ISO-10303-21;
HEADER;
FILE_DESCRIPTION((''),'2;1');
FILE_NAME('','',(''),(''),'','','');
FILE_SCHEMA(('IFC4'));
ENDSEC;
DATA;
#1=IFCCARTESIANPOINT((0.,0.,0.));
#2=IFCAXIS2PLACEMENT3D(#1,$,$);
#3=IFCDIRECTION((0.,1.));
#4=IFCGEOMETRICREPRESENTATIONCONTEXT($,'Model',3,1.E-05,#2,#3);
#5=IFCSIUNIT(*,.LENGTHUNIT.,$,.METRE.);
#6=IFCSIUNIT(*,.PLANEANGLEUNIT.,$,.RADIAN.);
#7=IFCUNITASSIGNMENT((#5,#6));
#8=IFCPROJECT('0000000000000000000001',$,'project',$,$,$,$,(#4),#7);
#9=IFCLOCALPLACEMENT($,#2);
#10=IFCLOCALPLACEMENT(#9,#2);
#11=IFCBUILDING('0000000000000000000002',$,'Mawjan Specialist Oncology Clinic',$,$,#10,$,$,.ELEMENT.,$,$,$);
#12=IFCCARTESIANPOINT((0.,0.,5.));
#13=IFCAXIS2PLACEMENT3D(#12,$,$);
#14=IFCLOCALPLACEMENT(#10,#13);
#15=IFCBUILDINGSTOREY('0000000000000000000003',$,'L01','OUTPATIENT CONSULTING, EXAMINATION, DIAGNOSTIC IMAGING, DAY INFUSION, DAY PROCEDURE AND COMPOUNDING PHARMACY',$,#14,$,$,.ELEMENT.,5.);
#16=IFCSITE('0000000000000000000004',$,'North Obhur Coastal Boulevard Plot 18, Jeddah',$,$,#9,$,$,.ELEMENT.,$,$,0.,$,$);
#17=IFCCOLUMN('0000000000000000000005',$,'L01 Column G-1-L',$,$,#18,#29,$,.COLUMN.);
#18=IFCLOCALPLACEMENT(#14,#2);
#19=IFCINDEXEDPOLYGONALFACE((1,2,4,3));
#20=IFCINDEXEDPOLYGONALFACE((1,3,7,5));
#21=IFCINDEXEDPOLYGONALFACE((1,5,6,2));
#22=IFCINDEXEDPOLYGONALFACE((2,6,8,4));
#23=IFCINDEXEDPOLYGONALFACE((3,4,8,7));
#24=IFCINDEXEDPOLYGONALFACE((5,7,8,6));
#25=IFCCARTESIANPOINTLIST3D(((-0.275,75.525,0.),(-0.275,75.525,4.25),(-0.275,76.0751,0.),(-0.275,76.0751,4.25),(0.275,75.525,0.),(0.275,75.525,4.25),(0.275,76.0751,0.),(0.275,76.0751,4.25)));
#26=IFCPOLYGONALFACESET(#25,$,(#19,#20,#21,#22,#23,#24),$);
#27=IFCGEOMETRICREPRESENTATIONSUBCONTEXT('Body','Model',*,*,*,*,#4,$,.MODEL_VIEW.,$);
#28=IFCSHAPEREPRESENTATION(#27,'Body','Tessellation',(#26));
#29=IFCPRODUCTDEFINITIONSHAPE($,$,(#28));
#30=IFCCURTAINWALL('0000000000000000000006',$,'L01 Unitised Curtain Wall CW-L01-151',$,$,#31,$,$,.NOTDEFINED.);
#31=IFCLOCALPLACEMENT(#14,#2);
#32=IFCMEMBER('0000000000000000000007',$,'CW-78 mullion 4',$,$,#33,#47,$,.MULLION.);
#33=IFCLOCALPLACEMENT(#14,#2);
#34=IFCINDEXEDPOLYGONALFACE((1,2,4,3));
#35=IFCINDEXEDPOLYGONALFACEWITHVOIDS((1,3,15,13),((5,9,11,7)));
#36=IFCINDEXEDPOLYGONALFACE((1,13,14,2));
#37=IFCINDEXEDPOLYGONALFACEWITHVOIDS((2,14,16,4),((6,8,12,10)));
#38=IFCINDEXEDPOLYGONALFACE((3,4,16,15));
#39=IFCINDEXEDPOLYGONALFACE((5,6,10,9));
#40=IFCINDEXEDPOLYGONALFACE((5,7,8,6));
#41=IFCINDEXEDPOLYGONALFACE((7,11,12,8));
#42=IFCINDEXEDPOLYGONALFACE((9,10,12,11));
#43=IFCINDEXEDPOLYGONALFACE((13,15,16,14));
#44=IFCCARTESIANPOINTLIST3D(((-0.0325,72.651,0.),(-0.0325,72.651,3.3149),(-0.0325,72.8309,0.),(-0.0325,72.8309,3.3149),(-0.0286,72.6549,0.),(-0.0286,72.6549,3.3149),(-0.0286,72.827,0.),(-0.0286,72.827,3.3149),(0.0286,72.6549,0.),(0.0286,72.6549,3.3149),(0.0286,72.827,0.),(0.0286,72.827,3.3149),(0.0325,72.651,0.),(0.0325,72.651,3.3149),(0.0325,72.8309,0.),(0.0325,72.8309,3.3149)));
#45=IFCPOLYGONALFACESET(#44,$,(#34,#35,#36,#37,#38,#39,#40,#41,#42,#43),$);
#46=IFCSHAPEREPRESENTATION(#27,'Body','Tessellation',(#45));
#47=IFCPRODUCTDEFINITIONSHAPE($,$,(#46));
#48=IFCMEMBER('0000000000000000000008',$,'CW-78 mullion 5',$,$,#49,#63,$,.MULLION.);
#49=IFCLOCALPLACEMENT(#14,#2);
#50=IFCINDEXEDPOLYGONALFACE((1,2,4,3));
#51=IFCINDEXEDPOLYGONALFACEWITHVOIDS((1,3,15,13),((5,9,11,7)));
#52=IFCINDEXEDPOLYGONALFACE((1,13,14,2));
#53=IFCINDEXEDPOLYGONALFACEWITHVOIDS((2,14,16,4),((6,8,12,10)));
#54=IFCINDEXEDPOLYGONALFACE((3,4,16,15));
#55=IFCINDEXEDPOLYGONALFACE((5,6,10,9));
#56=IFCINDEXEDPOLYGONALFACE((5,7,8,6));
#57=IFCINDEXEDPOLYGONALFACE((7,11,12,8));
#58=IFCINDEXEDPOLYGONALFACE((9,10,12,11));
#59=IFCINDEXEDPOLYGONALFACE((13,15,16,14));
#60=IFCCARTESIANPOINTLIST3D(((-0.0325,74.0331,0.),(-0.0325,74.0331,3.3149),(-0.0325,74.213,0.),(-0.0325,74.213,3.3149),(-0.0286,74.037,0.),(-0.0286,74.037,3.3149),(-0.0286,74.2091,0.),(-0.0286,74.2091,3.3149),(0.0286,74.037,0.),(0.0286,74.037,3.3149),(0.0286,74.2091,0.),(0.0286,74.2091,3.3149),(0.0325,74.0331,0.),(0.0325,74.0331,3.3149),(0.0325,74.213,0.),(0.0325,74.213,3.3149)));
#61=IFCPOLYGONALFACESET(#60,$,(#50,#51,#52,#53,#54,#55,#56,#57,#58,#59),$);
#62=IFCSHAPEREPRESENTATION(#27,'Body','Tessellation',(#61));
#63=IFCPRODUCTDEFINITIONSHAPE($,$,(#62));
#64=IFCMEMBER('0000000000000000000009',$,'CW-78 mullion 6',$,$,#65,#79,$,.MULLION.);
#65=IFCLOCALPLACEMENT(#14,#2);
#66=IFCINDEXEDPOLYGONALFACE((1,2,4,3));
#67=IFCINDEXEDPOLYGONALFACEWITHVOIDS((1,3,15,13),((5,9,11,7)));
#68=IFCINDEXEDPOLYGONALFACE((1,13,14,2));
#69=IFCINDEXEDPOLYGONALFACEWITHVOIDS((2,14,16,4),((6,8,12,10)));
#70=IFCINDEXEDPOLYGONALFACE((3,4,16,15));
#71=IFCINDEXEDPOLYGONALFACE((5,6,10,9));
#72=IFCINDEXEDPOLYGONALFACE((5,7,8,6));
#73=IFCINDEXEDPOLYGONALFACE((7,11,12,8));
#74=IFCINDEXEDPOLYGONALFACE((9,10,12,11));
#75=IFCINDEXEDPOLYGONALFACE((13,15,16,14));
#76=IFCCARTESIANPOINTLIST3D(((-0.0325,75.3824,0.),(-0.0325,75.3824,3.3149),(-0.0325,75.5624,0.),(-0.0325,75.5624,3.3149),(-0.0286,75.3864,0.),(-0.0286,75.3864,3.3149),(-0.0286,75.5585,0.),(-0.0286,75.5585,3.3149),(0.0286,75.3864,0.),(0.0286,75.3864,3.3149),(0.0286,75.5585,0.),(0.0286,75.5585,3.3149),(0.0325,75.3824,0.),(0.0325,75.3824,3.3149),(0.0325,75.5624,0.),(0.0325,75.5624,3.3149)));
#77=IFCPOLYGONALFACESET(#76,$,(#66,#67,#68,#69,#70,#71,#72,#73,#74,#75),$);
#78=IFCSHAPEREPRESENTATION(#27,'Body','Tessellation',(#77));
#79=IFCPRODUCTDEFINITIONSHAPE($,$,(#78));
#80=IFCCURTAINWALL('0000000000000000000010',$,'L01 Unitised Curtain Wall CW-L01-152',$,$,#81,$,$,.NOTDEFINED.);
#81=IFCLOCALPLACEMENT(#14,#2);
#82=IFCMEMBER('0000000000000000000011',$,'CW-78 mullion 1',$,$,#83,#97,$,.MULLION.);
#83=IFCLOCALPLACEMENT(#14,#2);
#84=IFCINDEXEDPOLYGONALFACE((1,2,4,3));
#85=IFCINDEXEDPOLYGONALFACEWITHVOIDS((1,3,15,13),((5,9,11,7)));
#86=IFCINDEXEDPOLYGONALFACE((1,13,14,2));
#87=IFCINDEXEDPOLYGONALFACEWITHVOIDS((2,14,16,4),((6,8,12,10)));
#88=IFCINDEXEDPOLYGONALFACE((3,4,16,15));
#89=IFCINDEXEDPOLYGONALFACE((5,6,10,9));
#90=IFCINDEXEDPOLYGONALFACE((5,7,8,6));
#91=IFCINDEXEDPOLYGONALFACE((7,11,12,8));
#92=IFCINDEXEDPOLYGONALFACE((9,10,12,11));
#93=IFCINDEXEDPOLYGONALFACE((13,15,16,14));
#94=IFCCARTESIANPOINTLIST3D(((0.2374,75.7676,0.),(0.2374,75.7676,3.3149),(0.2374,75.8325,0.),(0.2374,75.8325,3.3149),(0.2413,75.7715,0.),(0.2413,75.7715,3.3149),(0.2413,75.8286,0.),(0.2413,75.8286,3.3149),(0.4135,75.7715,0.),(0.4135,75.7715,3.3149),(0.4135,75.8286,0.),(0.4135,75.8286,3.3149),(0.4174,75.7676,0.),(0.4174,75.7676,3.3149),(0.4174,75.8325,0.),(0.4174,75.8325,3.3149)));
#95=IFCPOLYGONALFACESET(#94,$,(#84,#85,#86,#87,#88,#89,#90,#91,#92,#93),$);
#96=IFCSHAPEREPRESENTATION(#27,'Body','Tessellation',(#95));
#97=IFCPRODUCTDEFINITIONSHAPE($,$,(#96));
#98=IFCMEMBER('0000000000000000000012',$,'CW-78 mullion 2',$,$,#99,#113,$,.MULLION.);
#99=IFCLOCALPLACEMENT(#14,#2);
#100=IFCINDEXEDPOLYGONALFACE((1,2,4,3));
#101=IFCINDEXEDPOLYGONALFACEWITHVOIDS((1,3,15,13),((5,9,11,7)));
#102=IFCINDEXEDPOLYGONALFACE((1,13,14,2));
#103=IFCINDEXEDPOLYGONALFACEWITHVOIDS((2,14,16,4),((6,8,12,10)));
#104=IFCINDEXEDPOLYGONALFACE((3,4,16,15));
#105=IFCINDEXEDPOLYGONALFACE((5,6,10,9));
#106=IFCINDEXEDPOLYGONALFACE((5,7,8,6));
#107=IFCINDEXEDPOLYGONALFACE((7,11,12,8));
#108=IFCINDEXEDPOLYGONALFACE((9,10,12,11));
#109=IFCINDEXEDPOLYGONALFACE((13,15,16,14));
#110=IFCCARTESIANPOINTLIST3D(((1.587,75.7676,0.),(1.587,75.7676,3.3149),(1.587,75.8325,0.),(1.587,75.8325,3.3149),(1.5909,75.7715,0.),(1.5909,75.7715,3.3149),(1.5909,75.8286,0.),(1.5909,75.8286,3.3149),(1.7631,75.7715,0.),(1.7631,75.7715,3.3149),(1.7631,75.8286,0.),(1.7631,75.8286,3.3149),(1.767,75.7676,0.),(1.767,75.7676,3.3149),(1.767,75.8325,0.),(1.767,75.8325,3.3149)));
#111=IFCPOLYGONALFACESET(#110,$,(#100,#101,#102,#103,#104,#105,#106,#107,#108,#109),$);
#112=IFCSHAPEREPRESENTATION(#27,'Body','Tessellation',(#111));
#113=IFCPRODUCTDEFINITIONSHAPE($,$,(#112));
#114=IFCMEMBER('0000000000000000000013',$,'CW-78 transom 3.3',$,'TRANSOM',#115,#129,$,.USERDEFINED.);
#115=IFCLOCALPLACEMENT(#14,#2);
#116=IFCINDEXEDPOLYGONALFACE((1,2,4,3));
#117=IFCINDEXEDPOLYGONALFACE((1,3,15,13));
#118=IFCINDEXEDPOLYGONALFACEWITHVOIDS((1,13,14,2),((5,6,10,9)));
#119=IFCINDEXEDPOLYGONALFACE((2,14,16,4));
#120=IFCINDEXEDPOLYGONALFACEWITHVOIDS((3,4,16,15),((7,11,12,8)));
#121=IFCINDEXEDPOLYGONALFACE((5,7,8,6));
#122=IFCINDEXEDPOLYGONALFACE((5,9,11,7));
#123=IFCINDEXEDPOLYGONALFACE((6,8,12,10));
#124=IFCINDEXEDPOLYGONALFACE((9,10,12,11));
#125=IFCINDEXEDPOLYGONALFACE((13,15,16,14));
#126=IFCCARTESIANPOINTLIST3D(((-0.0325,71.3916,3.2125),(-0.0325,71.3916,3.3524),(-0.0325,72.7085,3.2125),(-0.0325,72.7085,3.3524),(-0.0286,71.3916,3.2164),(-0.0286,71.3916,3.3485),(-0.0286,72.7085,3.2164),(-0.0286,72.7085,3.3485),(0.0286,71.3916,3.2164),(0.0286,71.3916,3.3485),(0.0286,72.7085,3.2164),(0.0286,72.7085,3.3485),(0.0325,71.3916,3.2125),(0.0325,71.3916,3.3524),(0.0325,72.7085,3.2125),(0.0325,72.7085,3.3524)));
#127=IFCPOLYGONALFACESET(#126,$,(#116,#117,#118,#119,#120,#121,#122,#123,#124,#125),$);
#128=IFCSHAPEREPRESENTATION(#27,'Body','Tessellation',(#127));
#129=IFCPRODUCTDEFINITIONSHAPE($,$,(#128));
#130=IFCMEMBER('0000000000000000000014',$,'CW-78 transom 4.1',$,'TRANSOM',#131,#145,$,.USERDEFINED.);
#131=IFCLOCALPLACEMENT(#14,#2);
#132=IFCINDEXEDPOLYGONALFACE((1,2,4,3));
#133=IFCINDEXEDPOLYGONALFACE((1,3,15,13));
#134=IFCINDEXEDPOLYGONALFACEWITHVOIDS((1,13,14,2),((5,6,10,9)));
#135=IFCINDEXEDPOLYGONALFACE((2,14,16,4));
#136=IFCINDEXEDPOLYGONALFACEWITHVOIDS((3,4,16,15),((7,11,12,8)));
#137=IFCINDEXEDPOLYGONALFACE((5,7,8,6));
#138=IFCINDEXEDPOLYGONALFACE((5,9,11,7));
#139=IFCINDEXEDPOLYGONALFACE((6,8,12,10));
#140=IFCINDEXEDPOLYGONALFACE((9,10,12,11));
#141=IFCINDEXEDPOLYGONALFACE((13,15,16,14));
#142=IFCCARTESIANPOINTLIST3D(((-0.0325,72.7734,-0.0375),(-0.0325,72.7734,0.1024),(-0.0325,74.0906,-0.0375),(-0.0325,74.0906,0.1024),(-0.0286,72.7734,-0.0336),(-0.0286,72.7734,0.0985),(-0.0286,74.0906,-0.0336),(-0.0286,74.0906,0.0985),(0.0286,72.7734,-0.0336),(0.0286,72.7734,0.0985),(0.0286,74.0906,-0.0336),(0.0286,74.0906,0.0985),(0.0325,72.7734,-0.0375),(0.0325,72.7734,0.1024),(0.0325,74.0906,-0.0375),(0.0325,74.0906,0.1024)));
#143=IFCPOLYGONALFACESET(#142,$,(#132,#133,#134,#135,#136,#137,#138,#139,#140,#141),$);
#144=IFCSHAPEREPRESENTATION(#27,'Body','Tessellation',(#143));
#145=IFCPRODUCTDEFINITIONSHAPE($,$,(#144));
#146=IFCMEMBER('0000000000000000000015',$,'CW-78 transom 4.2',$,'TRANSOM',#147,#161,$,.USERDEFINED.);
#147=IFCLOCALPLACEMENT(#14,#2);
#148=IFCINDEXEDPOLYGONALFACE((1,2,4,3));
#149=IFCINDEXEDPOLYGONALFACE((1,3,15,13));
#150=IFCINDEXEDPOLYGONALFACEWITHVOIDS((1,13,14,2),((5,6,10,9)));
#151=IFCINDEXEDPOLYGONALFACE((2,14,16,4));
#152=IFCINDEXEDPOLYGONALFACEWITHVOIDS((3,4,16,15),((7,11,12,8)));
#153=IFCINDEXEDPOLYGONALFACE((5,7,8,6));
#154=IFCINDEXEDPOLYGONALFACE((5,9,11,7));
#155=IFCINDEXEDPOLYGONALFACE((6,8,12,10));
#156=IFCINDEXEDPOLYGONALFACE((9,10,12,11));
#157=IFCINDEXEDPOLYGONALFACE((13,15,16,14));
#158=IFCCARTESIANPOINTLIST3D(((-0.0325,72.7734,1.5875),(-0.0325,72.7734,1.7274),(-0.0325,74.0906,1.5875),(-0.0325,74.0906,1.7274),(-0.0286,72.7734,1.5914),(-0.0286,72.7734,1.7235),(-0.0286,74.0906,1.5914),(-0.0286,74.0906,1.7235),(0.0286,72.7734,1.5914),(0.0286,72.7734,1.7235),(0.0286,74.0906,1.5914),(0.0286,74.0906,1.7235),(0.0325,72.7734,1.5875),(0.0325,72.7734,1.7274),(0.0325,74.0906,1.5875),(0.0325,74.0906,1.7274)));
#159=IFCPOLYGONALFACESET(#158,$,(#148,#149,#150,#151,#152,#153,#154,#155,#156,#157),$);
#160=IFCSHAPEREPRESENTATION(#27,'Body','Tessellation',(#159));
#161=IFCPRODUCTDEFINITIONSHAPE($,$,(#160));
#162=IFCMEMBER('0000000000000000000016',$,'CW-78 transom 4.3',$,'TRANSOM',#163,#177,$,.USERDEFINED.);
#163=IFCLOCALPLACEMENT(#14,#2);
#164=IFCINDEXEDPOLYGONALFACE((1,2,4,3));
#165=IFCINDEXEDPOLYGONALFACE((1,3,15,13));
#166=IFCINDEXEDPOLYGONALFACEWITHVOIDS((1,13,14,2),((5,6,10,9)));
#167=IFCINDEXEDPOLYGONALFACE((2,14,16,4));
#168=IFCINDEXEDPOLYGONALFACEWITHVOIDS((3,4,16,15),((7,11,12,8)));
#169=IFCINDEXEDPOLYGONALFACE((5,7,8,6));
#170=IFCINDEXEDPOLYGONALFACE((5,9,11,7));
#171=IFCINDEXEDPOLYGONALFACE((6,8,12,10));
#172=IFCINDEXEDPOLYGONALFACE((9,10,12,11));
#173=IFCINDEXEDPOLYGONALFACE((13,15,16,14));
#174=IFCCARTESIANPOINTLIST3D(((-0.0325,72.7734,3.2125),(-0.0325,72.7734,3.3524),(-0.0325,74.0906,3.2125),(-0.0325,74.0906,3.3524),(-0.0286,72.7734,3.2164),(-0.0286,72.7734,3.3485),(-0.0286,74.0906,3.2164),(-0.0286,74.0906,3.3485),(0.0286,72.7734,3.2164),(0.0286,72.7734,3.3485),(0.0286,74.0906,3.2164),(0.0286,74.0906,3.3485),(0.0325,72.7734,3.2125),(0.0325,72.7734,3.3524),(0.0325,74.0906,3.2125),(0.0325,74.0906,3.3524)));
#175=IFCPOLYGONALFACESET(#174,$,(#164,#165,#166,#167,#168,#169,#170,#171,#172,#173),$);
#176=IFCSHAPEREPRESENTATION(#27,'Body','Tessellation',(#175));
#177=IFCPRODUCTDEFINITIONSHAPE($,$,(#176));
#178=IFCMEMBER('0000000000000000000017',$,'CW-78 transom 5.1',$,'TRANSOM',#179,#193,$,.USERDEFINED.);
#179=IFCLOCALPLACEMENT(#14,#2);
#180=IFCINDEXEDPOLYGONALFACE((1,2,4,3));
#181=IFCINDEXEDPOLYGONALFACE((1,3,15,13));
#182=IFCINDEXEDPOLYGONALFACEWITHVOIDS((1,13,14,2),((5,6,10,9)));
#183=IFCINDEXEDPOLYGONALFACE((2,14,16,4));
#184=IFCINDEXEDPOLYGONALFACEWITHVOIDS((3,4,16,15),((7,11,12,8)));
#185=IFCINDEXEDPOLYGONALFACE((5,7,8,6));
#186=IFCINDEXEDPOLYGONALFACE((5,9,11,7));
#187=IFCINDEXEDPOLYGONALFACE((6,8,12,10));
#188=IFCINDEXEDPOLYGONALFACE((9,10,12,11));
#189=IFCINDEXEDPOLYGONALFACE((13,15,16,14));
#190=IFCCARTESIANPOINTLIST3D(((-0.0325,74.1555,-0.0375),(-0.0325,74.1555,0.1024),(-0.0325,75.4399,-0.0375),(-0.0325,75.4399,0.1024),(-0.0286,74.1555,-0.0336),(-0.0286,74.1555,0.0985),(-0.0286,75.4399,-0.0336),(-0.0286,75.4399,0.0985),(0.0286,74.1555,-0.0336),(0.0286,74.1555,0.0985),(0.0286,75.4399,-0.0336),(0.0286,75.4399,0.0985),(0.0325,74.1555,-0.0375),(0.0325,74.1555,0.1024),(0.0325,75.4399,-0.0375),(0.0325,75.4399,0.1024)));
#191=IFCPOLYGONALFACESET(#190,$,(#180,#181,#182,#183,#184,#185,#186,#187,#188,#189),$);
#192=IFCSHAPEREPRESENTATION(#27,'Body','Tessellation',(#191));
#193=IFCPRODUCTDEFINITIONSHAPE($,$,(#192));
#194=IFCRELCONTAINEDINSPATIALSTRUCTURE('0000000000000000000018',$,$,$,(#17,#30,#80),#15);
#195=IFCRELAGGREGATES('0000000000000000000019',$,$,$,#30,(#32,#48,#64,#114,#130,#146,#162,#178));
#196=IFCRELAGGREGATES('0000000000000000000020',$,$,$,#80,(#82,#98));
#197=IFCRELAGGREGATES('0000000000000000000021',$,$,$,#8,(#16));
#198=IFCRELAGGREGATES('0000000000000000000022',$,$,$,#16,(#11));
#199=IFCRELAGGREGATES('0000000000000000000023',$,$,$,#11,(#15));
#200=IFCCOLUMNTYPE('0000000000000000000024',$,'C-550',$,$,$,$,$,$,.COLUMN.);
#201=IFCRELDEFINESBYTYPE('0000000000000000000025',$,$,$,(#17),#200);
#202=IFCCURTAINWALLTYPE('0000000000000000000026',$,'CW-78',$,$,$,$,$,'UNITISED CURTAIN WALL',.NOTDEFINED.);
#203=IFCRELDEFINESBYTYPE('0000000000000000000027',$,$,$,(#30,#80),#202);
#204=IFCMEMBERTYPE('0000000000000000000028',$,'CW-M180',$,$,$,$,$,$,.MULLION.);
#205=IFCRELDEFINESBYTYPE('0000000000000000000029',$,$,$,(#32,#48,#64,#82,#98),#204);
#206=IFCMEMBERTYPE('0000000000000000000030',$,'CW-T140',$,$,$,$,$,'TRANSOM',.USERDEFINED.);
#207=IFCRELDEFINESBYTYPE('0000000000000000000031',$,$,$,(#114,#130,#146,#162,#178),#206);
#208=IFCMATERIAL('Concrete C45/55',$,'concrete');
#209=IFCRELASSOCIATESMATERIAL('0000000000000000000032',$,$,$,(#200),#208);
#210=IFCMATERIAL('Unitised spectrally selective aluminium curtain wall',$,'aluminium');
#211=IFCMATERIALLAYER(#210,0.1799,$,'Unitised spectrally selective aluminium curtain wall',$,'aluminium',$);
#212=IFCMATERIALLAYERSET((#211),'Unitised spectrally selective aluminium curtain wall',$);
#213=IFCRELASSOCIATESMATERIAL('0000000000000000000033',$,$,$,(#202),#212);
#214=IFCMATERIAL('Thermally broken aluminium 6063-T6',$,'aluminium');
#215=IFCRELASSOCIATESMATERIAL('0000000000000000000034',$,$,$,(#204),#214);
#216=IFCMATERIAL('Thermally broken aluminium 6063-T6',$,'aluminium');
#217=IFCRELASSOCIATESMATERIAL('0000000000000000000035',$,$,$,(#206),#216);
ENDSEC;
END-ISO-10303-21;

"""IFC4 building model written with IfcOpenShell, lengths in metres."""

from ifc_helpers import new_model, si_unit, direction, frame, origin, origin_2d, place, context, subcontext, project, spatial, rectangle, hollow_rectangle, extrude, material, layer, layer_set, material_profile, profile_set, type_object, element, aggregate, save


model = new_model("IFC4")

# Units and contexts
model_context = context("Model", 3, precision=1e-05, world=origin(), true_north=direction((0.0, 1.0)))
body_context = subcontext(model_context, "Body", "Model", "MODEL_VIEW")
ifc_project = project(units=[si_unit("LENGTHUNIT", "METRE"), si_unit("PLANEANGLEUNIT", "RADIAN")], contexts=[model_context])

# Site, building, storey
site_placement = place(None, origin())
site = spatial("IfcSite", under=ifc_project, at=site_placement, Name="North Obhur Coastal Boulevard Plot 18, Jeddah", CompositionType="ELEMENT", RefElevation=0.0)
building_placement = place(site_placement, origin())
building = spatial("IfcBuilding", under=site, at=building_placement, Name="Mawjan Specialist Oncology Clinic", CompositionType="ELEMENT")
storey_placement = place(building_placement, frame((0.0, 0.0, 5.0)))
storey = spatial("IfcBuildingStorey", under=building, at=storey_placement, Name="L01", Description="OUTPATIENT CONSULTING, EXAMINATION, DIAGNOSTIC IMAGING, DAY INFUSION, DAY PROCEDURE AND COMPOUNDING PHARMACY", CompositionType="ELEMENT", Elevation=5.0)

# Column
ifc_material_1 = material(Name="Concrete C45/55", Category="concrete")
ifc_material_profile_1 = material_profile(ifc_material_1, rectangle(XDim=0.55, YDim=0.55, at=origin_2d()), Name="RC COL 550x550", Category="concrete")
ifc_profile_set_1 = profile_set([ifc_material_profile_1], Name="Concrete C45/55")
column_type = type_object("IfcColumnType", Name="C-550", PredefinedType="COLUMN", material=ifc_profile_set_1)
column_placement = place(storey_placement, frame((0.0, 75.8, 0.0), z_axis=(0.0, 0.0, 1.0), x_axis=(1.0, 0.0, 0.0)))
element("IfcColumn", 1, at=column_placement, inside=storey, type_object=column_type, Name="L01 Column G-1-L", PredefinedType="COLUMN", context=body_context, shape_type="SweptSolid", body=[
    extrude(rectangle(XDim=0.55, YDim=0.55, at=origin_2d()), origin(), (0.0, 0.0, 1.0), 4.25),
])

# Curtain walls, members
ifc_material_2 = material(Name="Unitised spectrally selective aluminium curtain wall", Category="aluminium")
ifc_layer_1 = layer(ifc_material_2, 0.1799, Name="Unitised spectrally selective aluminium curtain wall", Category="aluminium")
ifc_layer_set_1 = layer_set([ifc_layer_1], Name="Unitised spectrally selective aluminium curtain wall")
curtain_wall_type = type_object("IfcCurtainWallType", Name="CW-78", ElementType="UNITISED CURTAIN WALL", PredefinedType="NOTDEFINED", material=ifc_layer_set_1)
curtain_wall_1_placement = place(storey_placement, origin())
curtain_wall_1 = element("IfcCurtainWall", 2, at=curtain_wall_1_placement, inside=storey, type_object=curtain_wall_type, Name="L01 Unitised Curtain Wall CW-L01-151", PredefinedType="NOTDEFINED")
ifc_material_3 = material(Name="Thermally broken aluminium 6063-T6", Category="aluminium")
ifc_material_profile_2 = material_profile(ifc_material_3, hollow_rectangle(XDim=0.0649, YDim=0.1799, WallThickness=0.0039, at=origin_2d()), Name="ALU MULLION 180x65x4", Category="aluminium")
ifc_profile_set_2 = profile_set([ifc_material_profile_2], Name="Thermally broken aluminium 6063-T6")
member_type_1 = type_object("IfcMemberType", Name="CW-M180", PredefinedType="MULLION", material=ifc_profile_set_2)
member_1_placement = place(storey_placement, frame((0.0, 72.741, 0.0), z_axis=(0.0, 0.0, 1.0), x_axis=(-1.0, 0.0, 0.0)))
member_1 = element("IfcMember", 3, at=member_1_placement, type_object=member_type_1, Name="CW-78 mullion 4", PredefinedType="MULLION", context=body_context, shape_type="SweptSolid", body=[
    extrude(hollow_rectangle(XDim=0.0649, YDim=0.1799, WallThickness=0.0039, at=origin_2d()), origin(), (0.0, 0.0, 1.0), 3.3149),
])
member_2_placement = place(storey_placement, frame((0.0, 74.123, 0.0), z_axis=(0.0, 0.0, 1.0), x_axis=(-1.0, 0.0, 0.0)))
member_2 = element("IfcMember", 4, at=member_2_placement, type_object=member_type_1, Name="CW-78 mullion 5", PredefinedType="MULLION", context=body_context, shape_type="SweptSolid", body=[
    extrude(hollow_rectangle(XDim=0.0649, YDim=0.1799, WallThickness=0.0039, at=origin_2d()), origin(), (0.0, 0.0, 1.0), 3.3149),
])
member_3_placement = place(storey_placement, frame((0.0, 75.4724, 0.0), z_axis=(0.0, 0.0, 1.0), x_axis=(-1.0, 0.0, 0.0)))
member_3 = element("IfcMember", 5, at=member_3_placement, type_object=member_type_1, Name="CW-78 mullion 6", PredefinedType="MULLION", context=body_context, shape_type="SweptSolid", body=[
    extrude(hollow_rectangle(XDim=0.0649, YDim=0.1799, WallThickness=0.0039, at=origin_2d()), origin(), (0.0, 0.0, 1.0), 3.3149),
])
curtain_wall_2_placement = place(storey_placement, origin())
curtain_wall_2 = element("IfcCurtainWall", 6, at=curtain_wall_2_placement, inside=storey, type_object=curtain_wall_type, Name="L01 Unitised Curtain Wall CW-L01-152", PredefinedType="NOTDEFINED")
member_4_placement = place(storey_placement, frame((0.3274, 75.8, 0.0), z_axis=(0.0, 0.0, 1.0), x_axis=(0.0, 1.0, 0.0)))
member_4 = element("IfcMember", 7, at=member_4_placement, type_object=member_type_1, Name="CW-78 mullion 1", PredefinedType="MULLION", context=body_context, shape_type="SweptSolid", body=[
    extrude(hollow_rectangle(XDim=0.0649, YDim=0.1799, WallThickness=0.0039, at=origin_2d()), origin(), (0.0, 0.0, 1.0), 3.3149),
])
member_5_placement = place(storey_placement, frame((1.677, 75.8, 0.0), z_axis=(0.0, 0.0, 1.0), x_axis=(0.0, 1.0, 0.0)))
member_5 = element("IfcMember", 8, at=member_5_placement, type_object=member_type_1, Name="CW-78 mullion 2", PredefinedType="MULLION", context=body_context, shape_type="SweptSolid", body=[
    extrude(hollow_rectangle(XDim=0.0649, YDim=0.1799, WallThickness=0.0039, at=origin_2d()), origin(), (0.0, 0.0, 1.0), 3.3149),
])

# Members
ifc_material_4 = material(Name="Thermally broken aluminium 6063-T6", Category="aluminium")
ifc_material_profile_3 = material_profile(ifc_material_4, hollow_rectangle(XDim=0.0649, YDim=0.1399, WallThickness=0.0039, at=origin_2d()), Name="ALU TRANSOM 140x65x4", Category="aluminium")
ifc_profile_set_3 = profile_set([ifc_material_profile_3], Name="Thermally broken aluminium 6063-T6")
member_type_2 = type_object("IfcMemberType", Name="CW-T140", ElementType="TRANSOM", PredefinedType="USERDEFINED", material=ifc_profile_set_3)
member_6_placement = place(storey_placement, frame((0.0, 71.3916, 3.2825), z_axis=(0.0, 1.0, 0.0), x_axis=(-1.0, 0.0, 0.0)))
member_6 = element("IfcMember", 9, at=member_6_placement, type_object=member_type_2, Name="CW-78 transom 3.3", ObjectType="TRANSOM", PredefinedType="USERDEFINED", context=body_context, shape_type="SweptSolid", body=[
    extrude(hollow_rectangle(XDim=0.0649, YDim=0.1399, WallThickness=0.0039, at=origin_2d()), origin(), (0.0, 0.0, 1.0), 1.3169),
])
member_7_placement = place(storey_placement, frame((0.0, 72.7734, 0.0325), z_axis=(0.0, 1.0, 0.0), x_axis=(-1.0, 0.0, 0.0)))
member_7 = element("IfcMember", 10, at=member_7_placement, type_object=member_type_2, Name="CW-78 transom 4.1", ObjectType="TRANSOM", PredefinedType="USERDEFINED", context=body_context, shape_type="SweptSolid", body=[
    extrude(hollow_rectangle(XDim=0.0649, YDim=0.1399, WallThickness=0.0039, at=origin_2d()), origin(), (0.0, 0.0, 1.0), 1.3171),
])
member_8_placement = place(storey_placement, frame((0.0, 72.7734, 1.6575), z_axis=(0.0, 1.0, 0.0), x_axis=(-1.0, 0.0, 0.0)))
member_8 = element("IfcMember", 11, at=member_8_placement, type_object=member_type_2, Name="CW-78 transom 4.2", ObjectType="TRANSOM", PredefinedType="USERDEFINED", context=body_context, shape_type="SweptSolid", body=[
    extrude(hollow_rectangle(XDim=0.0649, YDim=0.1399, WallThickness=0.0039, at=origin_2d()), origin(), (0.0, 0.0, 1.0), 1.3171),
])
member_9_placement = place(storey_placement, frame((0.0, 72.7734, 3.2825), z_axis=(0.0, 1.0, 0.0), x_axis=(-1.0, 0.0, 0.0)))
member_9 = element("IfcMember", 12, at=member_9_placement, type_object=member_type_2, Name="CW-78 transom 4.3", ObjectType="TRANSOM", PredefinedType="USERDEFINED", context=body_context, shape_type="SweptSolid", body=[
    extrude(hollow_rectangle(XDim=0.0649, YDim=0.1399, WallThickness=0.0039, at=origin_2d()), origin(), (0.0, 0.0, 1.0), 1.3171),
])
member_10_placement = place(storey_placement, frame((0.0, 74.1555, 0.0325), z_axis=(0.0, 1.0, 0.0), x_axis=(-1.0, 0.0, 0.0)))
member_10 = element("IfcMember", 13, at=member_10_placement, type_object=member_type_2, Name="CW-78 transom 5.1", ObjectType="TRANSOM", PredefinedType="USERDEFINED", context=body_context, shape_type="SweptSolid", body=[
    extrude(hollow_rectangle(XDim=0.0649, YDim=0.1399, WallThickness=0.0039, at=origin_2d()), origin(), (0.0, 0.0, 1.0), 1.2844),
])

aggregate(curtain_wall_1, [member_1, member_2, member_3, member_6, member_7, member_8, member_9, member_10])
aggregate(curtain_wall_2, [member_4, member_5])

save(model, "model.ifc")
